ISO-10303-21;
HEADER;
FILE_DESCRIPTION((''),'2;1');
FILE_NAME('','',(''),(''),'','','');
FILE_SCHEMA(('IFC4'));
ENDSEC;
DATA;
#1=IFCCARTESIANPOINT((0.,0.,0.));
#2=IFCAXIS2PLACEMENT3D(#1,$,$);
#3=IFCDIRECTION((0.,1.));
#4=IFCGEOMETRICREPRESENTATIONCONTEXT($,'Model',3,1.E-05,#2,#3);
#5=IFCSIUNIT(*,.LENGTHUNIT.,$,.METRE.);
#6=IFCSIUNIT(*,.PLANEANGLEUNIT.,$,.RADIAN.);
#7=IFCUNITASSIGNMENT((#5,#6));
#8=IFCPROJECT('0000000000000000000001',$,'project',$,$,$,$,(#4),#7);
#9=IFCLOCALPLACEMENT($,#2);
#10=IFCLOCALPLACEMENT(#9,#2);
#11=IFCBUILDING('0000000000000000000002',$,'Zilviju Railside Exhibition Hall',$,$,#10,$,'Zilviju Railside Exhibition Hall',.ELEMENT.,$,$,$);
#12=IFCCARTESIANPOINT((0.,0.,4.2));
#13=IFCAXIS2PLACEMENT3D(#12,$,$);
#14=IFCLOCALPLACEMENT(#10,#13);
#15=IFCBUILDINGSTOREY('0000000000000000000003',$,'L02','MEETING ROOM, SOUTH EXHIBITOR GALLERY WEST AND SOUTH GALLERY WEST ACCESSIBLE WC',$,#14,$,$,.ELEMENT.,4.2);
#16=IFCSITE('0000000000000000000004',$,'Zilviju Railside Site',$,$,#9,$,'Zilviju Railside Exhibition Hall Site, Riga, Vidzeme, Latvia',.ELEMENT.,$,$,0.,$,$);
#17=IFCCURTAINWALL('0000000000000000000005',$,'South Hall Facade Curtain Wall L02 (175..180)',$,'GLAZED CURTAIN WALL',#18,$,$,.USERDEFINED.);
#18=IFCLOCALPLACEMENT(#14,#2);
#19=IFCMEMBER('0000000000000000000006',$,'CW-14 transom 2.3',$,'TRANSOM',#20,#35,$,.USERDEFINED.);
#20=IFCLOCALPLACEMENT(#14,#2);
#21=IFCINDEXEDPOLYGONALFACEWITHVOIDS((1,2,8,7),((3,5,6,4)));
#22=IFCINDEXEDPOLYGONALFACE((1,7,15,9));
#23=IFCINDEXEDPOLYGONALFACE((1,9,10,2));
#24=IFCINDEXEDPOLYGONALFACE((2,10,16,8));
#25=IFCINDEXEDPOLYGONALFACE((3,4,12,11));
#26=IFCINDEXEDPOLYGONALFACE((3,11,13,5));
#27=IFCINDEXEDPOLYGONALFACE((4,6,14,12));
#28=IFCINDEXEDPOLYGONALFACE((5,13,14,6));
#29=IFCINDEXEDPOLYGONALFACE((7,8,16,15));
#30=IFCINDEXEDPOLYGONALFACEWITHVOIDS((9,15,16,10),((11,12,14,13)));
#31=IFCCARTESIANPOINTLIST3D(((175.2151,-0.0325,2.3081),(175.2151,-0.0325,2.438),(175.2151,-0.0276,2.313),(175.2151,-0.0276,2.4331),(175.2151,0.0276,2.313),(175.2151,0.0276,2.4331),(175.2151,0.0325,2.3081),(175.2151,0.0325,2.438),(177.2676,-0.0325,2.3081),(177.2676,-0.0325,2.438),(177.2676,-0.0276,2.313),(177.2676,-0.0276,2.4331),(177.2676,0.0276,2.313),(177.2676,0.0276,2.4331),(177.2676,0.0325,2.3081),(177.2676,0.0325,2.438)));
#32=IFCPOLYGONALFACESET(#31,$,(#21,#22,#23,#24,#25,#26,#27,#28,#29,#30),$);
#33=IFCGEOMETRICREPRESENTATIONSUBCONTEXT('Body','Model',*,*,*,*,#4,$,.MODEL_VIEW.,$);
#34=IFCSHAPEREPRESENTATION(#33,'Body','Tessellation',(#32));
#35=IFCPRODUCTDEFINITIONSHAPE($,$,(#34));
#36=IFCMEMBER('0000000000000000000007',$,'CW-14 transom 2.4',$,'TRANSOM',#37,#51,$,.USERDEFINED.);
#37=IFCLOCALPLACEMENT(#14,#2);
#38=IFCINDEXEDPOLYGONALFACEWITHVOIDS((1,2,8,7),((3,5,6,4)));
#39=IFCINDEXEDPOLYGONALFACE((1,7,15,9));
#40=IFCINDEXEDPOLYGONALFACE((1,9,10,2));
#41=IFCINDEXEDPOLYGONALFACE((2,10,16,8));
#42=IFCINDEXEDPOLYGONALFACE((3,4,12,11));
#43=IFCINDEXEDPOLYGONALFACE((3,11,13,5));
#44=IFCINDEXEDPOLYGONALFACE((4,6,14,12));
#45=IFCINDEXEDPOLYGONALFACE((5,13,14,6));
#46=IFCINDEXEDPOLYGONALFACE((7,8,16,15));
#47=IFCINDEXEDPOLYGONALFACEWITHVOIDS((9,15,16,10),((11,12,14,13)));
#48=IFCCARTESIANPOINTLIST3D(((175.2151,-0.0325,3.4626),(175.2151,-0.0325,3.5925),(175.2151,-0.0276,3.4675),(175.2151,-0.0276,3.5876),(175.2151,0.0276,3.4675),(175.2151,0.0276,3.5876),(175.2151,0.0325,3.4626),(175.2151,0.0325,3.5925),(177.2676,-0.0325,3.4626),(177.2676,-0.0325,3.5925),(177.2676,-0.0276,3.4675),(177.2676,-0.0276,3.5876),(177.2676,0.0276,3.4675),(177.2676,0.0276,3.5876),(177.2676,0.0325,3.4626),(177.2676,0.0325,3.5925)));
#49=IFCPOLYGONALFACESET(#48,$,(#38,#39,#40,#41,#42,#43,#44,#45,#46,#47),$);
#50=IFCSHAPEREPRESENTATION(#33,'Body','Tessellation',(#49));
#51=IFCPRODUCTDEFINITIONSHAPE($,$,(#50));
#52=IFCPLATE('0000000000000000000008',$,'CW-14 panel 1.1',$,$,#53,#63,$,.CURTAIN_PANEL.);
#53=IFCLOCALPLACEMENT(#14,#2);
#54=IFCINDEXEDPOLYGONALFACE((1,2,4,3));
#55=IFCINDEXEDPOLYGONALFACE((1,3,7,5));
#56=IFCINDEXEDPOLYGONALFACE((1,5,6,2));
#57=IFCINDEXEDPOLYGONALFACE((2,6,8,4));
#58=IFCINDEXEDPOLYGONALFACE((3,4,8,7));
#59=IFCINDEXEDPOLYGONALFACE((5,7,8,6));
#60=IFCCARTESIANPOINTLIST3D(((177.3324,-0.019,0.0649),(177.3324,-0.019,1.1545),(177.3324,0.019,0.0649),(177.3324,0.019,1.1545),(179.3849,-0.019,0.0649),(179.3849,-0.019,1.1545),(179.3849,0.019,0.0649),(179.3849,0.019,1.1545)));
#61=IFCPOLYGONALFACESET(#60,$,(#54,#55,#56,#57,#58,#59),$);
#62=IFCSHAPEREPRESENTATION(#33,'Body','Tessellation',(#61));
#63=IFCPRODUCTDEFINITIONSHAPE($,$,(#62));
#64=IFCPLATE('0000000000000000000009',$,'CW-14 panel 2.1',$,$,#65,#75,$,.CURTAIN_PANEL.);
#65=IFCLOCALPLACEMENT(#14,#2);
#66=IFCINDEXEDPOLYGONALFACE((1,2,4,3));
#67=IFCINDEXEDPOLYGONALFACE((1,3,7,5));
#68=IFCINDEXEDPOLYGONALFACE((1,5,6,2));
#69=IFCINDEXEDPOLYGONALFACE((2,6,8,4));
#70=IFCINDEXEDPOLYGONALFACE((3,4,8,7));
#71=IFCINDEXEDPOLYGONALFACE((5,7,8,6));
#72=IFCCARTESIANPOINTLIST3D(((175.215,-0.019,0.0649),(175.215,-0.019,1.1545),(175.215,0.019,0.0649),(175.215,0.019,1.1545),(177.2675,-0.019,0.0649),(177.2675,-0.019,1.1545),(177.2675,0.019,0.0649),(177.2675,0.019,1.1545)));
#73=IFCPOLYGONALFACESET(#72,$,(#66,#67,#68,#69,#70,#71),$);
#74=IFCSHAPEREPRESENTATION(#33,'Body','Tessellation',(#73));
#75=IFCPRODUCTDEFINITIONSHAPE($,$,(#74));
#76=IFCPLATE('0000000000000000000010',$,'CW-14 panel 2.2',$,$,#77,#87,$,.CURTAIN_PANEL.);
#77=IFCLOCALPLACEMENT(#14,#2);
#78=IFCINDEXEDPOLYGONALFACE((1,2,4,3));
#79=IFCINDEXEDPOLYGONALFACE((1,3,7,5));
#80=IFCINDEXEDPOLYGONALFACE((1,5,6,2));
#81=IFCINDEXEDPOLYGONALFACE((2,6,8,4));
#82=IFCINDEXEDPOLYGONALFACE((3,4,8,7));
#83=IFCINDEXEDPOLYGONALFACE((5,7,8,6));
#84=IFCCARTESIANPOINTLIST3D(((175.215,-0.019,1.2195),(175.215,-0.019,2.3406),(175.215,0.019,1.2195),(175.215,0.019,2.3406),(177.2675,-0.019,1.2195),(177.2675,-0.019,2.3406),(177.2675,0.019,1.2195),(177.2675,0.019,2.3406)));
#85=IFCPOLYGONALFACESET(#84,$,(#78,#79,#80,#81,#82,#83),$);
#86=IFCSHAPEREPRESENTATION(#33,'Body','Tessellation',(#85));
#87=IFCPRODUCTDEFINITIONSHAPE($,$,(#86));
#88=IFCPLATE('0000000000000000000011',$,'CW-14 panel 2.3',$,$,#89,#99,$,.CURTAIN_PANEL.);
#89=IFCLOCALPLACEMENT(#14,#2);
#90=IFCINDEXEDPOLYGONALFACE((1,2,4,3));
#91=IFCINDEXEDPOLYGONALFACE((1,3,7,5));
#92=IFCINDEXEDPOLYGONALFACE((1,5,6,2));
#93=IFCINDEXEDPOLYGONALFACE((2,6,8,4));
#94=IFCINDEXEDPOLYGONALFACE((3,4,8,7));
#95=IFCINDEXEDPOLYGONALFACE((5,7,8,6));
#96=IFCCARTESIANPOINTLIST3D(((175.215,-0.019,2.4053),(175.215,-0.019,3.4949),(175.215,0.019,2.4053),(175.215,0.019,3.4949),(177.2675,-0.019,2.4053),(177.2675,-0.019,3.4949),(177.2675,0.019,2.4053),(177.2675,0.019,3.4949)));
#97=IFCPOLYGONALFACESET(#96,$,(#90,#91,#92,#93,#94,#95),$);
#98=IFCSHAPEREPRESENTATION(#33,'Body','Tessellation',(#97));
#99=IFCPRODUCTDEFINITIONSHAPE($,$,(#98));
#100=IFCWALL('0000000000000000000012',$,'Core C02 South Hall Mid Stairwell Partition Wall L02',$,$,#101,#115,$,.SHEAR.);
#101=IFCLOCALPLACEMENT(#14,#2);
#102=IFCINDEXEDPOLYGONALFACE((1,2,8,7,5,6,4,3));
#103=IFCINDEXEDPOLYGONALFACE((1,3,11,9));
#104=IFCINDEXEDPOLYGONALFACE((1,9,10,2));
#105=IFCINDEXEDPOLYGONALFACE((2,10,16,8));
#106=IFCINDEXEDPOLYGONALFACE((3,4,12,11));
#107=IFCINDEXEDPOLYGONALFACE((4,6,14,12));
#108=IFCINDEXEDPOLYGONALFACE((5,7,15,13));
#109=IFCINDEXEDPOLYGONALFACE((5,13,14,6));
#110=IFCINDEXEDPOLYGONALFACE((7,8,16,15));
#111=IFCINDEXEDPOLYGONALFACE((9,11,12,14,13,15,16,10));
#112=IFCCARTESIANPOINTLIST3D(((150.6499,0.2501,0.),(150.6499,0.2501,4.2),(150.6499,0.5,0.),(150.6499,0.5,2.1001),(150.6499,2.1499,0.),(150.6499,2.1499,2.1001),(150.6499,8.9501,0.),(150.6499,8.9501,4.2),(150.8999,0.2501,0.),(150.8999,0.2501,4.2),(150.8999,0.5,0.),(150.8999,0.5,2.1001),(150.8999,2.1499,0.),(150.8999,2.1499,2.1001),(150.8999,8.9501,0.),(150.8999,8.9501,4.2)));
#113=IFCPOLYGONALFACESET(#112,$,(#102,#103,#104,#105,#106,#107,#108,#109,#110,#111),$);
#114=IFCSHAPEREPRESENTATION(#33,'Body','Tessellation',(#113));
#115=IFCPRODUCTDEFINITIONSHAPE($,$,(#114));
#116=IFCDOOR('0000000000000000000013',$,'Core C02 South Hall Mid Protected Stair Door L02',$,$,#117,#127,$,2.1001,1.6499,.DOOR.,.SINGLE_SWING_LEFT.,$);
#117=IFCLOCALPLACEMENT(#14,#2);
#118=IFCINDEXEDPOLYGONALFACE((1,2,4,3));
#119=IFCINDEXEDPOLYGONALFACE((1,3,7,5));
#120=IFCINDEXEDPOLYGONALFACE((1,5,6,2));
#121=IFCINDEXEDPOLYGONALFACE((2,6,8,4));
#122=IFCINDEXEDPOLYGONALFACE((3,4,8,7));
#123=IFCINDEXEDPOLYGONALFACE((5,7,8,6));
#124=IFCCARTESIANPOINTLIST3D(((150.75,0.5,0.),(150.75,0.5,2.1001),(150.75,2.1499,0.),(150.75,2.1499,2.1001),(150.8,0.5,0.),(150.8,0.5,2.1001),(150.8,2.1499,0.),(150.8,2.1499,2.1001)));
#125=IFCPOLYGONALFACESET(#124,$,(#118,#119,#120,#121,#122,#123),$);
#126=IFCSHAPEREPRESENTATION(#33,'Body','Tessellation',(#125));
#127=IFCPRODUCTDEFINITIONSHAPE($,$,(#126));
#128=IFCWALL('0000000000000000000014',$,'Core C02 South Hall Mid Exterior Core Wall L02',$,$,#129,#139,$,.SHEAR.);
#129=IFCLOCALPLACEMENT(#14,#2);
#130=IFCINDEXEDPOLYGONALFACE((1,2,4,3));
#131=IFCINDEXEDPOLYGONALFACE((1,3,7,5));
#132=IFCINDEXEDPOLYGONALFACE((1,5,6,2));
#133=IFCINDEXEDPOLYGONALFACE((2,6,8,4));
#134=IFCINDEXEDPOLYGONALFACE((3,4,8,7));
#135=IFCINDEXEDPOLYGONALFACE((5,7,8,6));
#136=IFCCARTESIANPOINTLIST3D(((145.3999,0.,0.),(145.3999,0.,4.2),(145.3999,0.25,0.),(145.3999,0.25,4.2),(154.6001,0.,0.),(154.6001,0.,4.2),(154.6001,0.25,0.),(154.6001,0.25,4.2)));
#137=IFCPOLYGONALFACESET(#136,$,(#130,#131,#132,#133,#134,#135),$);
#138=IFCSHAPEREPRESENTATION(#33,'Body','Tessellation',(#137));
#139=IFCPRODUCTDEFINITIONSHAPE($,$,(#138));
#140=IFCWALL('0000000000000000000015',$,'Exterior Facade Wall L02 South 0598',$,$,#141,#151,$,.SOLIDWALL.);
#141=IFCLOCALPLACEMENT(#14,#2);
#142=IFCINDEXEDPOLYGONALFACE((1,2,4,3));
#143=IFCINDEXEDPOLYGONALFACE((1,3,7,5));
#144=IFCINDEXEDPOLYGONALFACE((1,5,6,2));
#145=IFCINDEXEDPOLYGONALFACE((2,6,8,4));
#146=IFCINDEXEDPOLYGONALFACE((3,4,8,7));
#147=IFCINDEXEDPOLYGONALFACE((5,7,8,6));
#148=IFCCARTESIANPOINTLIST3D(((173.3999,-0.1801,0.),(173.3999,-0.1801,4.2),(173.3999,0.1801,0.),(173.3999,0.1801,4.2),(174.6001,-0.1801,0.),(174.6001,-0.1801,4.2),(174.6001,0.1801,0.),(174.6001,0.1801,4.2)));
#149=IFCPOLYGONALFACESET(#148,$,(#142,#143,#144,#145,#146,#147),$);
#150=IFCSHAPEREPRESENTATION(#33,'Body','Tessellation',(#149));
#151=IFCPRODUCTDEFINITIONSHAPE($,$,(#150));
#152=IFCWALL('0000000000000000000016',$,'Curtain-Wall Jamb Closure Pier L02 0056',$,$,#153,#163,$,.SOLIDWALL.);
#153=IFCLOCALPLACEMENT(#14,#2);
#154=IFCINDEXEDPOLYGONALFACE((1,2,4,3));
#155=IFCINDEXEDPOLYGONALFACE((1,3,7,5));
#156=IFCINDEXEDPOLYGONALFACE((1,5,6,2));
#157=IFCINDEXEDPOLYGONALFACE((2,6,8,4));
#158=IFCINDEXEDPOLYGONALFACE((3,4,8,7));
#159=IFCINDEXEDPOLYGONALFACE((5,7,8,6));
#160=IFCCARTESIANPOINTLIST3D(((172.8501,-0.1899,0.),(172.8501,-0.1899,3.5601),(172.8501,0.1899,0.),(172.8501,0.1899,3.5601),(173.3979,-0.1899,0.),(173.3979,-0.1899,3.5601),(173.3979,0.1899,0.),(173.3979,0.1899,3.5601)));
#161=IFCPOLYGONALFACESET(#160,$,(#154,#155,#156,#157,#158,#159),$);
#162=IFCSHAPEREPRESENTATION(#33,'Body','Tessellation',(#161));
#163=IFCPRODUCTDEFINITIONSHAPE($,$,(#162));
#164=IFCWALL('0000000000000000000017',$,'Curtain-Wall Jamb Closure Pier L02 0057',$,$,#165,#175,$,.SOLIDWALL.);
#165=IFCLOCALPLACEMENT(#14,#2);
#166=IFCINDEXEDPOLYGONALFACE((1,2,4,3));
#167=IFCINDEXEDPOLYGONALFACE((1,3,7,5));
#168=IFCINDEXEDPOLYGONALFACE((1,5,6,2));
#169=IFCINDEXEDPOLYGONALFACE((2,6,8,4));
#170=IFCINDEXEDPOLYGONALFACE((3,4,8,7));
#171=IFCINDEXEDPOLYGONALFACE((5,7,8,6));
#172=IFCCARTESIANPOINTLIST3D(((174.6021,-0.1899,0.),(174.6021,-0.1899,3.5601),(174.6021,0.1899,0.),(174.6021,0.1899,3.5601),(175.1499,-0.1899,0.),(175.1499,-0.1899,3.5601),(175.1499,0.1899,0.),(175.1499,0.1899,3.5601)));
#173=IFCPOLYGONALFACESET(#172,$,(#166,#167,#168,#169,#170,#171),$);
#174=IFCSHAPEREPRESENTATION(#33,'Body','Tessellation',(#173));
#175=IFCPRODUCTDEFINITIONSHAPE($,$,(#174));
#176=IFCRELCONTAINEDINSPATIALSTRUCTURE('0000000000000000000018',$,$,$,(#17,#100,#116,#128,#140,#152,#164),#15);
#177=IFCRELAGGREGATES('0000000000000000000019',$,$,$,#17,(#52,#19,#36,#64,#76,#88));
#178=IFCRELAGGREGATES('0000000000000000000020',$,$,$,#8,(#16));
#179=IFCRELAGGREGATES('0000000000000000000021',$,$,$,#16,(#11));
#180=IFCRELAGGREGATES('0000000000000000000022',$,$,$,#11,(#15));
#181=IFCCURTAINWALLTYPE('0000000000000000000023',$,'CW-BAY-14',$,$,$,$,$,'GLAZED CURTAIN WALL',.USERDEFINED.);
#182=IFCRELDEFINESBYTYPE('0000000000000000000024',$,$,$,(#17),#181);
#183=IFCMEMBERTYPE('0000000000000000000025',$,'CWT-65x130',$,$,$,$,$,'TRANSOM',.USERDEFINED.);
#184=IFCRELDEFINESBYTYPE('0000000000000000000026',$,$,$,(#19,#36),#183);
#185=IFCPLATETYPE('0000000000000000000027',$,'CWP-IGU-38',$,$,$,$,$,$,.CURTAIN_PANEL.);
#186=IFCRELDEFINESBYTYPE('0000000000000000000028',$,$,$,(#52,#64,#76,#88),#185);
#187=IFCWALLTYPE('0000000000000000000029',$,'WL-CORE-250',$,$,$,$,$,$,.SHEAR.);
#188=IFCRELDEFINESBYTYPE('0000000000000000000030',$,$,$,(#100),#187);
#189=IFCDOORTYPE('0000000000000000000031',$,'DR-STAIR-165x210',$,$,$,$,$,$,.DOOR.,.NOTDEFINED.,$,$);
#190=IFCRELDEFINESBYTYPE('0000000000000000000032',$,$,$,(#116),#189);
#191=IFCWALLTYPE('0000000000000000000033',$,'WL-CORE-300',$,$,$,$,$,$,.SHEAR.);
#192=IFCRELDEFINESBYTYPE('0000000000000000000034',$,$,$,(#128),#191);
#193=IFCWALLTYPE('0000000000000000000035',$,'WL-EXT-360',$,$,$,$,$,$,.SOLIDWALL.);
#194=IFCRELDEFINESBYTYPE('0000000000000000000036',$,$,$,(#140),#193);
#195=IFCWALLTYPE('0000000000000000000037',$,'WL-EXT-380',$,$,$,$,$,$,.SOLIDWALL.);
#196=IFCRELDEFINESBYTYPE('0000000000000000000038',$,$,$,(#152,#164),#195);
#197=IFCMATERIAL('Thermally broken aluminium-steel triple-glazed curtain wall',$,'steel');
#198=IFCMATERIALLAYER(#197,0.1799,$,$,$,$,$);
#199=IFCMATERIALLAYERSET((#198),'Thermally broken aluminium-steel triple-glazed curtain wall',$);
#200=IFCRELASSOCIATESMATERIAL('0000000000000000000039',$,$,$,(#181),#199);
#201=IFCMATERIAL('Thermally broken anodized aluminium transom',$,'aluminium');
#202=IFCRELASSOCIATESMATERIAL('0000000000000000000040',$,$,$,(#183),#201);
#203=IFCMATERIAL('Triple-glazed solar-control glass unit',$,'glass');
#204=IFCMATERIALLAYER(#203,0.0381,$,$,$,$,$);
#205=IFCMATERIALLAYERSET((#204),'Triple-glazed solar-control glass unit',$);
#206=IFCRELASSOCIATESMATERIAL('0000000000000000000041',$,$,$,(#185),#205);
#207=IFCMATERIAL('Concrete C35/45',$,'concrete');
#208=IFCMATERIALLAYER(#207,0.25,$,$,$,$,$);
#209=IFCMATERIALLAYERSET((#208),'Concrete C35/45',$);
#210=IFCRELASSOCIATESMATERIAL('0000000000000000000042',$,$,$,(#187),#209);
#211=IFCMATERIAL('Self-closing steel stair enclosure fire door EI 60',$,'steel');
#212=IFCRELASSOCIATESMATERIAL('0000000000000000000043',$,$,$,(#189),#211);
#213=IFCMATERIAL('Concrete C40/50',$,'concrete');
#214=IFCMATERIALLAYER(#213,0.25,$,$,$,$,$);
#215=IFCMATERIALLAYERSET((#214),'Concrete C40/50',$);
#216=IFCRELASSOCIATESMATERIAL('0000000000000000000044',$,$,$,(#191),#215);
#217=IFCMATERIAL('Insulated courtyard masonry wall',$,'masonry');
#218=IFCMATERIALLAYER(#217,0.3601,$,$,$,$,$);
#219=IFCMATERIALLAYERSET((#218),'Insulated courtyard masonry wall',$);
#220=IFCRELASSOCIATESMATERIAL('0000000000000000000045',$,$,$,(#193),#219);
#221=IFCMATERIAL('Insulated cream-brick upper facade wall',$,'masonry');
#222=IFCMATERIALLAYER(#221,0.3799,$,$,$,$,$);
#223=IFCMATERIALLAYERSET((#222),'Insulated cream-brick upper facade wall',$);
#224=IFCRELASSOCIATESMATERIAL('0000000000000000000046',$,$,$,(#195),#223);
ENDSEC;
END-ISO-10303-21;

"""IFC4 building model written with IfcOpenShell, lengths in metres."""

from ifc_helpers import new_model, si_unit, direction, frame, frame_2d, origin, origin_2d, place, context, subcontext, project, spatial, rectangle, hollow_rectangle, extrude, material, layer, layer_set, material_profile, profile_set, type_object, element, fill, aggregate, save


model = new_model("IFC4")

# Units and contexts
model_context = context("Model", 3, precision=1e-05, world=origin(), true_north=direction((0.0, 1.0)))
body_context = subcontext(model_context, "Body", "Model", "MODEL_VIEW")
ifc_project = project(units=[si_unit("LENGTHUNIT", "METRE"), si_unit("PLANEANGLEUNIT", "RADIAN")], contexts=[model_context])

# Site, building, storey
site_placement = place(None, origin())
site = spatial("IfcSite", under=ifc_project, at=site_placement, Name="Zilviju Railside Site", LongName="Zilviju Railside Exhibition Hall Site, Riga, Vidzeme, Latvia", CompositionType="ELEMENT", RefElevation=0.0)
building_placement = place(site_placement, origin())
building = spatial("IfcBuilding", under=site, at=building_placement, Name="Zilviju Railside Exhibition Hall", LongName="Zilviju Railside Exhibition Hall", CompositionType="ELEMENT")
storey_placement = place(building_placement, frame((0.0, 0.0, 4.2)))
storey = spatial("IfcBuildingStorey", under=building, at=storey_placement, Name="L02", Description="MEETING ROOM, SOUTH EXHIBITOR GALLERY WEST AND SOUTH GALLERY WEST ACCESSIBLE WC", CompositionType="ELEMENT", Elevation=4.2)

# Shared definitions
ifc_material_1 = material(Name="Concrete C40/50", Category="concrete")

# Curtain wall, members, plates
ifc_material_2 = material(Name="Thermally broken aluminium-steel triple-glazed curtain wall", Category="steel")
ifc_layer_1 = layer(ifc_material_2, 0.1799)
ifc_layer_set_1 = layer_set([ifc_layer_1], Name="Thermally broken aluminium-steel triple-glazed curtain wall")
curtain_wall_type = type_object("IfcCurtainWallType", Name="CW-BAY-14", ElementType="GLAZED CURTAIN WALL", PredefinedType="USERDEFINED", material=ifc_layer_set_1)
curtain_wall_placement = place(storey_placement, origin())
curtain_wall = element("IfcCurtainWall", 1, at=curtain_wall_placement, inside=storey, type_object=curtain_wall_type, Name="South Hall Facade Curtain Wall L02 (175..180)", ObjectType="GLAZED CURTAIN WALL", PredefinedType="USERDEFINED")
ifc_material_3 = material(Name="Thermally broken anodized aluminium transom", Category="aluminium")
ifc_material_profile_1 = material_profile(ifc_material_3, hollow_rectangle(XDim=0.0649, YDim=0.1299, WallThickness=0.0049, at=origin_2d()), Name="TRANSOM 130x65x5")
ifc_profile_set_1 = profile_set([ifc_material_profile_1], Name="Thermally broken anodized aluminium transom")
member_type_1 = type_object("IfcMemberType", Name="CWT-65x130", ElementType="TRANSOM", PredefinedType="USERDEFINED", material=ifc_profile_set_1)
member_1_placement = place(storey_placement, frame((177.2676, 0.0, 2.373), z_axis=(-1.0, 0.0, 0.0), x_axis=(0.0, -1.0, 0.0)))
member_1 = element("IfcMember", 2, at=member_1_placement, type_object=member_type_1, Name="CW-14 transom 2.3", ObjectType="TRANSOM", PredefinedType="USERDEFINED", context=body_context, shape_type="SweptSolid", body=[
    extrude(hollow_rectangle(XDim=0.0649, YDim=0.1299, WallThickness=0.0049, at=origin_2d()), origin(), (0.0, 0.0, 1.0), 2.0525),
])
member_2_placement = place(storey_placement, frame((177.2676, 0.0, 3.5276), z_axis=(-1.0, 0.0, 0.0), x_axis=(0.0, -1.0, 0.0)))
member_2 = element("IfcMember", 3, at=member_2_placement, type_object=member_type_1, Name="CW-14 transom 2.4", ObjectType="TRANSOM", PredefinedType="USERDEFINED", context=body_context, shape_type="SweptSolid", body=[
    extrude(hollow_rectangle(XDim=0.0649, YDim=0.1299, WallThickness=0.0049, at=origin_2d()), origin(), (0.0, 0.0, 1.0), 2.0525),
])
ifc_material_4 = material(Name="Triple-glazed solar-control glass unit", Category="glass")
ifc_layer_2 = layer(ifc_material_4, 0.0381)
ifc_layer_set_2 = layer_set([ifc_layer_2], Name="Triple-glazed solar-control glass unit")
plate_type = type_object("IfcPlateType", Name="CWP-IGU-38", PredefinedType="CURTAIN_PANEL", material=ifc_layer_set_2)
plate_1_placement = place(storey_placement, frame((178.3586, 0.0, 0.0649), z_axis=(0.0, 0.0, 1.0), x_axis=(-1.0, 0.0, 0.0)))
plate_1 = element("IfcPlate", 4, at=plate_1_placement, type_object=plate_type, Name="CW-14 panel 1.1", PredefinedType="CURTAIN_PANEL", context=body_context, shape_type="SweptSolid", body=[
    extrude(rectangle(XDim=2.0525, YDim=0.0381, at=origin_2d()), origin(), (0.0, 0.0, 1.0), 1.0896),
])
plate_2_placement = place(storey_placement, frame((176.2412, 0.0, 0.0649), z_axis=(0.0, 0.0, 1.0), x_axis=(-1.0, 0.0, 0.0)))
plate_2 = element("IfcPlate", 5, at=plate_2_placement, type_object=plate_type, Name="CW-14 panel 2.1", PredefinedType="CURTAIN_PANEL", context=body_context, shape_type="SweptSolid", body=[
    extrude(rectangle(XDim=2.0525, YDim=0.0381, at=origin_2d()), origin(), (0.0, 0.0, 1.0), 1.0896),
])
plate_3_placement = place(storey_placement, frame((176.2412, 0.0, 1.2195), z_axis=(0.0, 0.0, 1.0), x_axis=(-1.0, 0.0, 0.0)))
plate_3 = element("IfcPlate", 6, at=plate_3_placement, type_object=plate_type, Name="CW-14 panel 2.2", PredefinedType="CURTAIN_PANEL", context=body_context, shape_type="SweptSolid", body=[
    extrude(rectangle(XDim=2.0525, YDim=0.0381, at=origin_2d()), origin(), (0.0, 0.0, 1.0), 1.1211),
])
plate_4_placement = place(storey_placement, frame((176.2412, 0.0, 2.4053), z_axis=(0.0, 0.0, 1.0), x_axis=(-1.0, 0.0, 0.0)))
plate_4 = element("IfcPlate", 7, at=plate_4_placement, type_object=plate_type, Name="CW-14 panel 2.3", PredefinedType="CURTAIN_PANEL", context=body_context, shape_type="SweptSolid", body=[
    extrude(rectangle(XDim=2.0525, YDim=0.0381, at=origin_2d()), origin(), (0.0, 0.0, 1.0), 1.0896),
])
aggregate(curtain_wall, [plate_1, member_1, member_2, plate_2, plate_3, plate_4])

# Wall, opening, door
ifc_material_5 = material(Name="Concrete C35/45", Category="concrete")
ifc_layer_3 = layer(ifc_material_5, 0.25)
ifc_layer_set_3 = layer_set([ifc_layer_3], Name="Concrete C35/45")
wall_type_1 = type_object("IfcWallType", Name="WL-CORE-250", PredefinedType="SHEAR", material=ifc_layer_set_3)
wall_1_placement = place(storey_placement, frame((150.7749, 0.25, 0.0), z_axis=(0.0, 0.0, 1.0), x_axis=(0.0, 1.0, 0.0)))
wall_1 = element("IfcWall", 8, at=wall_1_placement, inside=storey, type_object=wall_type_1, Name="Core C02 South Hall Mid Stairwell Partition Wall L02", PredefinedType="SHEAR", context=body_context, shape_type="SweptSolid", body=[
    extrude(rectangle(XDim=8.7, YDim=0.25, at=frame_2d((4.3501, 0.0))), origin(), (0.0, 0.0, 1.0), 4.2),
])
opening_placement = place(wall_1_placement, frame((0.25, 0.0, 0.0)))
opening = element("IfcOpeningElement", 9, at=opening_placement, cuts=wall_1, PredefinedType="OPENING", context=body_context, shape_type="SweptSolid", body=[
    extrude(rectangle(XDim=1.6499, YDim=2.1001, at=frame_2d((0.825, 1.05))), frame((0.0, 0.135, 0.0), z_axis=(0.0, -1.0, 0.0), x_axis=(1.0, 0.0, 0.0)), (0.0, 0.0, 1.0), 0.27),
])
ifc_material_6 = material(Name="Self-closing steel stair enclosure fire door EI 60", Category="steel")
door_type = type_object("IfcDoorType", Name="DR-STAIR-165x210", OperationType="NOTDEFINED", PredefinedType="DOOR", material=ifc_material_6)
door_placement = place(opening_placement, origin())
door = element("IfcDoor", 10, at=door_placement, inside=storey, type_object=door_type, Name="Core C02 South Hall Mid Protected Stair Door L02", OperationType="SINGLE_SWING_LEFT", OverallHeight=2.1001, OverallWidth=1.6499, PredefinedType="DOOR", context=body_context, shape_type="SweptSolid", body=[
    extrude(rectangle(XDim=1.6499, YDim=2.1001, at=frame_2d((0.825, 1.05))), frame((0.0, 0.0249, 0.0), z_axis=(0.0, -1.0, 0.0), x_axis=(1.0, 0.0, 0.0)), (0.0, 0.0, 1.0), 0.05),
])
fill(opening, door)

# Walls
ifc_layer_4 = layer(ifc_material_1, 0.25)
ifc_layer_set_4 = layer_set([ifc_layer_4], Name="Concrete C40/50")
wall_type_2 = type_object("IfcWallType", Name="WL-CORE-300", PredefinedType="SHEAR", material=ifc_layer_set_4)
wall_2_placement = place(storey_placement, frame((154.6001, 0.125, 0.0), z_axis=(0.0, 0.0, 1.0), x_axis=(-1.0, 0.0, 0.0)))
element("IfcWall", 11, at=wall_2_placement, inside=storey, type_object=wall_type_2, Name="Core C02 South Hall Mid Exterior Core Wall L02", PredefinedType="SHEAR", context=body_context, shape_type="SweptSolid", body=[
    extrude(rectangle(XDim=9.2002, YDim=0.25, at=frame_2d((4.6001, 0.0))), origin(), (0.0, 0.0, 1.0), 4.2),
])
ifc_material_7 = material(Name="Insulated courtyard masonry wall", Category="masonry")
ifc_layer_5 = layer(ifc_material_7, 0.3601)
ifc_layer_set_5 = layer_set([ifc_layer_5], Name="Insulated courtyard masonry wall")
wall_type_3 = type_object("IfcWallType", Name="WL-EXT-360", PredefinedType="SOLIDWALL", material=ifc_layer_set_5)
wall_3_placement = place(storey_placement, frame((174.6001, 0.0, 0.0), z_axis=(0.0, 0.0, 1.0), x_axis=(-1.0, 0.0, 0.0)))
element("IfcWall", 12, at=wall_3_placement, inside=storey, type_object=wall_type_3, Name="Exterior Facade Wall L02 South 0598", PredefinedType="SOLIDWALL", context=body_context, shape_type="SweptSolid", body=[
    extrude(rectangle(XDim=1.2002, YDim=0.3601, at=frame_2d((0.6001, 0.0))), origin(), (0.0, 0.0, 1.0), 4.2),
])
ifc_material_8 = material(Name="Insulated cream-brick upper facade wall", Category="masonry")
ifc_layer_6 = layer(ifc_material_8, 0.3799)
ifc_layer_set_6 = layer_set([ifc_layer_6], Name="Insulated cream-brick upper facade wall")
wall_type_4 = type_object("IfcWallType", Name="WL-EXT-380", PredefinedType="SOLIDWALL", material=ifc_layer_set_6)
for number, where, z_axis, x_axis, name in (
    (13, (173.3979, 0.0, 0.0), (0.0, 0.0, 1.0), (-1.0, 0.0, 0.0), "Curtain-Wall Jamb Closure Pier L02 0056"),
    (14, (175.1499, 0.0, 0.0), (0.0, 0.0, 1.0), (-1.0, 0.0, 0.0), "Curtain-Wall Jamb Closure Pier L02 0057"),
):
    element("IfcWall", number, at=place(storey_placement, frame(where, z_axis=z_axis, x_axis=x_axis)), inside=storey, type_object=wall_type_4, Name=name, PredefinedType="SOLIDWALL", context=body_context, shape_type="SweptSolid", body=[
        extrude(rectangle(XDim=0.5479, YDim=0.3799, at=frame_2d((0.2739, 0.0))), origin(), (0.0, 0.0, 1.0), 3.5601),
    ])

save(model, "model.ifc")
